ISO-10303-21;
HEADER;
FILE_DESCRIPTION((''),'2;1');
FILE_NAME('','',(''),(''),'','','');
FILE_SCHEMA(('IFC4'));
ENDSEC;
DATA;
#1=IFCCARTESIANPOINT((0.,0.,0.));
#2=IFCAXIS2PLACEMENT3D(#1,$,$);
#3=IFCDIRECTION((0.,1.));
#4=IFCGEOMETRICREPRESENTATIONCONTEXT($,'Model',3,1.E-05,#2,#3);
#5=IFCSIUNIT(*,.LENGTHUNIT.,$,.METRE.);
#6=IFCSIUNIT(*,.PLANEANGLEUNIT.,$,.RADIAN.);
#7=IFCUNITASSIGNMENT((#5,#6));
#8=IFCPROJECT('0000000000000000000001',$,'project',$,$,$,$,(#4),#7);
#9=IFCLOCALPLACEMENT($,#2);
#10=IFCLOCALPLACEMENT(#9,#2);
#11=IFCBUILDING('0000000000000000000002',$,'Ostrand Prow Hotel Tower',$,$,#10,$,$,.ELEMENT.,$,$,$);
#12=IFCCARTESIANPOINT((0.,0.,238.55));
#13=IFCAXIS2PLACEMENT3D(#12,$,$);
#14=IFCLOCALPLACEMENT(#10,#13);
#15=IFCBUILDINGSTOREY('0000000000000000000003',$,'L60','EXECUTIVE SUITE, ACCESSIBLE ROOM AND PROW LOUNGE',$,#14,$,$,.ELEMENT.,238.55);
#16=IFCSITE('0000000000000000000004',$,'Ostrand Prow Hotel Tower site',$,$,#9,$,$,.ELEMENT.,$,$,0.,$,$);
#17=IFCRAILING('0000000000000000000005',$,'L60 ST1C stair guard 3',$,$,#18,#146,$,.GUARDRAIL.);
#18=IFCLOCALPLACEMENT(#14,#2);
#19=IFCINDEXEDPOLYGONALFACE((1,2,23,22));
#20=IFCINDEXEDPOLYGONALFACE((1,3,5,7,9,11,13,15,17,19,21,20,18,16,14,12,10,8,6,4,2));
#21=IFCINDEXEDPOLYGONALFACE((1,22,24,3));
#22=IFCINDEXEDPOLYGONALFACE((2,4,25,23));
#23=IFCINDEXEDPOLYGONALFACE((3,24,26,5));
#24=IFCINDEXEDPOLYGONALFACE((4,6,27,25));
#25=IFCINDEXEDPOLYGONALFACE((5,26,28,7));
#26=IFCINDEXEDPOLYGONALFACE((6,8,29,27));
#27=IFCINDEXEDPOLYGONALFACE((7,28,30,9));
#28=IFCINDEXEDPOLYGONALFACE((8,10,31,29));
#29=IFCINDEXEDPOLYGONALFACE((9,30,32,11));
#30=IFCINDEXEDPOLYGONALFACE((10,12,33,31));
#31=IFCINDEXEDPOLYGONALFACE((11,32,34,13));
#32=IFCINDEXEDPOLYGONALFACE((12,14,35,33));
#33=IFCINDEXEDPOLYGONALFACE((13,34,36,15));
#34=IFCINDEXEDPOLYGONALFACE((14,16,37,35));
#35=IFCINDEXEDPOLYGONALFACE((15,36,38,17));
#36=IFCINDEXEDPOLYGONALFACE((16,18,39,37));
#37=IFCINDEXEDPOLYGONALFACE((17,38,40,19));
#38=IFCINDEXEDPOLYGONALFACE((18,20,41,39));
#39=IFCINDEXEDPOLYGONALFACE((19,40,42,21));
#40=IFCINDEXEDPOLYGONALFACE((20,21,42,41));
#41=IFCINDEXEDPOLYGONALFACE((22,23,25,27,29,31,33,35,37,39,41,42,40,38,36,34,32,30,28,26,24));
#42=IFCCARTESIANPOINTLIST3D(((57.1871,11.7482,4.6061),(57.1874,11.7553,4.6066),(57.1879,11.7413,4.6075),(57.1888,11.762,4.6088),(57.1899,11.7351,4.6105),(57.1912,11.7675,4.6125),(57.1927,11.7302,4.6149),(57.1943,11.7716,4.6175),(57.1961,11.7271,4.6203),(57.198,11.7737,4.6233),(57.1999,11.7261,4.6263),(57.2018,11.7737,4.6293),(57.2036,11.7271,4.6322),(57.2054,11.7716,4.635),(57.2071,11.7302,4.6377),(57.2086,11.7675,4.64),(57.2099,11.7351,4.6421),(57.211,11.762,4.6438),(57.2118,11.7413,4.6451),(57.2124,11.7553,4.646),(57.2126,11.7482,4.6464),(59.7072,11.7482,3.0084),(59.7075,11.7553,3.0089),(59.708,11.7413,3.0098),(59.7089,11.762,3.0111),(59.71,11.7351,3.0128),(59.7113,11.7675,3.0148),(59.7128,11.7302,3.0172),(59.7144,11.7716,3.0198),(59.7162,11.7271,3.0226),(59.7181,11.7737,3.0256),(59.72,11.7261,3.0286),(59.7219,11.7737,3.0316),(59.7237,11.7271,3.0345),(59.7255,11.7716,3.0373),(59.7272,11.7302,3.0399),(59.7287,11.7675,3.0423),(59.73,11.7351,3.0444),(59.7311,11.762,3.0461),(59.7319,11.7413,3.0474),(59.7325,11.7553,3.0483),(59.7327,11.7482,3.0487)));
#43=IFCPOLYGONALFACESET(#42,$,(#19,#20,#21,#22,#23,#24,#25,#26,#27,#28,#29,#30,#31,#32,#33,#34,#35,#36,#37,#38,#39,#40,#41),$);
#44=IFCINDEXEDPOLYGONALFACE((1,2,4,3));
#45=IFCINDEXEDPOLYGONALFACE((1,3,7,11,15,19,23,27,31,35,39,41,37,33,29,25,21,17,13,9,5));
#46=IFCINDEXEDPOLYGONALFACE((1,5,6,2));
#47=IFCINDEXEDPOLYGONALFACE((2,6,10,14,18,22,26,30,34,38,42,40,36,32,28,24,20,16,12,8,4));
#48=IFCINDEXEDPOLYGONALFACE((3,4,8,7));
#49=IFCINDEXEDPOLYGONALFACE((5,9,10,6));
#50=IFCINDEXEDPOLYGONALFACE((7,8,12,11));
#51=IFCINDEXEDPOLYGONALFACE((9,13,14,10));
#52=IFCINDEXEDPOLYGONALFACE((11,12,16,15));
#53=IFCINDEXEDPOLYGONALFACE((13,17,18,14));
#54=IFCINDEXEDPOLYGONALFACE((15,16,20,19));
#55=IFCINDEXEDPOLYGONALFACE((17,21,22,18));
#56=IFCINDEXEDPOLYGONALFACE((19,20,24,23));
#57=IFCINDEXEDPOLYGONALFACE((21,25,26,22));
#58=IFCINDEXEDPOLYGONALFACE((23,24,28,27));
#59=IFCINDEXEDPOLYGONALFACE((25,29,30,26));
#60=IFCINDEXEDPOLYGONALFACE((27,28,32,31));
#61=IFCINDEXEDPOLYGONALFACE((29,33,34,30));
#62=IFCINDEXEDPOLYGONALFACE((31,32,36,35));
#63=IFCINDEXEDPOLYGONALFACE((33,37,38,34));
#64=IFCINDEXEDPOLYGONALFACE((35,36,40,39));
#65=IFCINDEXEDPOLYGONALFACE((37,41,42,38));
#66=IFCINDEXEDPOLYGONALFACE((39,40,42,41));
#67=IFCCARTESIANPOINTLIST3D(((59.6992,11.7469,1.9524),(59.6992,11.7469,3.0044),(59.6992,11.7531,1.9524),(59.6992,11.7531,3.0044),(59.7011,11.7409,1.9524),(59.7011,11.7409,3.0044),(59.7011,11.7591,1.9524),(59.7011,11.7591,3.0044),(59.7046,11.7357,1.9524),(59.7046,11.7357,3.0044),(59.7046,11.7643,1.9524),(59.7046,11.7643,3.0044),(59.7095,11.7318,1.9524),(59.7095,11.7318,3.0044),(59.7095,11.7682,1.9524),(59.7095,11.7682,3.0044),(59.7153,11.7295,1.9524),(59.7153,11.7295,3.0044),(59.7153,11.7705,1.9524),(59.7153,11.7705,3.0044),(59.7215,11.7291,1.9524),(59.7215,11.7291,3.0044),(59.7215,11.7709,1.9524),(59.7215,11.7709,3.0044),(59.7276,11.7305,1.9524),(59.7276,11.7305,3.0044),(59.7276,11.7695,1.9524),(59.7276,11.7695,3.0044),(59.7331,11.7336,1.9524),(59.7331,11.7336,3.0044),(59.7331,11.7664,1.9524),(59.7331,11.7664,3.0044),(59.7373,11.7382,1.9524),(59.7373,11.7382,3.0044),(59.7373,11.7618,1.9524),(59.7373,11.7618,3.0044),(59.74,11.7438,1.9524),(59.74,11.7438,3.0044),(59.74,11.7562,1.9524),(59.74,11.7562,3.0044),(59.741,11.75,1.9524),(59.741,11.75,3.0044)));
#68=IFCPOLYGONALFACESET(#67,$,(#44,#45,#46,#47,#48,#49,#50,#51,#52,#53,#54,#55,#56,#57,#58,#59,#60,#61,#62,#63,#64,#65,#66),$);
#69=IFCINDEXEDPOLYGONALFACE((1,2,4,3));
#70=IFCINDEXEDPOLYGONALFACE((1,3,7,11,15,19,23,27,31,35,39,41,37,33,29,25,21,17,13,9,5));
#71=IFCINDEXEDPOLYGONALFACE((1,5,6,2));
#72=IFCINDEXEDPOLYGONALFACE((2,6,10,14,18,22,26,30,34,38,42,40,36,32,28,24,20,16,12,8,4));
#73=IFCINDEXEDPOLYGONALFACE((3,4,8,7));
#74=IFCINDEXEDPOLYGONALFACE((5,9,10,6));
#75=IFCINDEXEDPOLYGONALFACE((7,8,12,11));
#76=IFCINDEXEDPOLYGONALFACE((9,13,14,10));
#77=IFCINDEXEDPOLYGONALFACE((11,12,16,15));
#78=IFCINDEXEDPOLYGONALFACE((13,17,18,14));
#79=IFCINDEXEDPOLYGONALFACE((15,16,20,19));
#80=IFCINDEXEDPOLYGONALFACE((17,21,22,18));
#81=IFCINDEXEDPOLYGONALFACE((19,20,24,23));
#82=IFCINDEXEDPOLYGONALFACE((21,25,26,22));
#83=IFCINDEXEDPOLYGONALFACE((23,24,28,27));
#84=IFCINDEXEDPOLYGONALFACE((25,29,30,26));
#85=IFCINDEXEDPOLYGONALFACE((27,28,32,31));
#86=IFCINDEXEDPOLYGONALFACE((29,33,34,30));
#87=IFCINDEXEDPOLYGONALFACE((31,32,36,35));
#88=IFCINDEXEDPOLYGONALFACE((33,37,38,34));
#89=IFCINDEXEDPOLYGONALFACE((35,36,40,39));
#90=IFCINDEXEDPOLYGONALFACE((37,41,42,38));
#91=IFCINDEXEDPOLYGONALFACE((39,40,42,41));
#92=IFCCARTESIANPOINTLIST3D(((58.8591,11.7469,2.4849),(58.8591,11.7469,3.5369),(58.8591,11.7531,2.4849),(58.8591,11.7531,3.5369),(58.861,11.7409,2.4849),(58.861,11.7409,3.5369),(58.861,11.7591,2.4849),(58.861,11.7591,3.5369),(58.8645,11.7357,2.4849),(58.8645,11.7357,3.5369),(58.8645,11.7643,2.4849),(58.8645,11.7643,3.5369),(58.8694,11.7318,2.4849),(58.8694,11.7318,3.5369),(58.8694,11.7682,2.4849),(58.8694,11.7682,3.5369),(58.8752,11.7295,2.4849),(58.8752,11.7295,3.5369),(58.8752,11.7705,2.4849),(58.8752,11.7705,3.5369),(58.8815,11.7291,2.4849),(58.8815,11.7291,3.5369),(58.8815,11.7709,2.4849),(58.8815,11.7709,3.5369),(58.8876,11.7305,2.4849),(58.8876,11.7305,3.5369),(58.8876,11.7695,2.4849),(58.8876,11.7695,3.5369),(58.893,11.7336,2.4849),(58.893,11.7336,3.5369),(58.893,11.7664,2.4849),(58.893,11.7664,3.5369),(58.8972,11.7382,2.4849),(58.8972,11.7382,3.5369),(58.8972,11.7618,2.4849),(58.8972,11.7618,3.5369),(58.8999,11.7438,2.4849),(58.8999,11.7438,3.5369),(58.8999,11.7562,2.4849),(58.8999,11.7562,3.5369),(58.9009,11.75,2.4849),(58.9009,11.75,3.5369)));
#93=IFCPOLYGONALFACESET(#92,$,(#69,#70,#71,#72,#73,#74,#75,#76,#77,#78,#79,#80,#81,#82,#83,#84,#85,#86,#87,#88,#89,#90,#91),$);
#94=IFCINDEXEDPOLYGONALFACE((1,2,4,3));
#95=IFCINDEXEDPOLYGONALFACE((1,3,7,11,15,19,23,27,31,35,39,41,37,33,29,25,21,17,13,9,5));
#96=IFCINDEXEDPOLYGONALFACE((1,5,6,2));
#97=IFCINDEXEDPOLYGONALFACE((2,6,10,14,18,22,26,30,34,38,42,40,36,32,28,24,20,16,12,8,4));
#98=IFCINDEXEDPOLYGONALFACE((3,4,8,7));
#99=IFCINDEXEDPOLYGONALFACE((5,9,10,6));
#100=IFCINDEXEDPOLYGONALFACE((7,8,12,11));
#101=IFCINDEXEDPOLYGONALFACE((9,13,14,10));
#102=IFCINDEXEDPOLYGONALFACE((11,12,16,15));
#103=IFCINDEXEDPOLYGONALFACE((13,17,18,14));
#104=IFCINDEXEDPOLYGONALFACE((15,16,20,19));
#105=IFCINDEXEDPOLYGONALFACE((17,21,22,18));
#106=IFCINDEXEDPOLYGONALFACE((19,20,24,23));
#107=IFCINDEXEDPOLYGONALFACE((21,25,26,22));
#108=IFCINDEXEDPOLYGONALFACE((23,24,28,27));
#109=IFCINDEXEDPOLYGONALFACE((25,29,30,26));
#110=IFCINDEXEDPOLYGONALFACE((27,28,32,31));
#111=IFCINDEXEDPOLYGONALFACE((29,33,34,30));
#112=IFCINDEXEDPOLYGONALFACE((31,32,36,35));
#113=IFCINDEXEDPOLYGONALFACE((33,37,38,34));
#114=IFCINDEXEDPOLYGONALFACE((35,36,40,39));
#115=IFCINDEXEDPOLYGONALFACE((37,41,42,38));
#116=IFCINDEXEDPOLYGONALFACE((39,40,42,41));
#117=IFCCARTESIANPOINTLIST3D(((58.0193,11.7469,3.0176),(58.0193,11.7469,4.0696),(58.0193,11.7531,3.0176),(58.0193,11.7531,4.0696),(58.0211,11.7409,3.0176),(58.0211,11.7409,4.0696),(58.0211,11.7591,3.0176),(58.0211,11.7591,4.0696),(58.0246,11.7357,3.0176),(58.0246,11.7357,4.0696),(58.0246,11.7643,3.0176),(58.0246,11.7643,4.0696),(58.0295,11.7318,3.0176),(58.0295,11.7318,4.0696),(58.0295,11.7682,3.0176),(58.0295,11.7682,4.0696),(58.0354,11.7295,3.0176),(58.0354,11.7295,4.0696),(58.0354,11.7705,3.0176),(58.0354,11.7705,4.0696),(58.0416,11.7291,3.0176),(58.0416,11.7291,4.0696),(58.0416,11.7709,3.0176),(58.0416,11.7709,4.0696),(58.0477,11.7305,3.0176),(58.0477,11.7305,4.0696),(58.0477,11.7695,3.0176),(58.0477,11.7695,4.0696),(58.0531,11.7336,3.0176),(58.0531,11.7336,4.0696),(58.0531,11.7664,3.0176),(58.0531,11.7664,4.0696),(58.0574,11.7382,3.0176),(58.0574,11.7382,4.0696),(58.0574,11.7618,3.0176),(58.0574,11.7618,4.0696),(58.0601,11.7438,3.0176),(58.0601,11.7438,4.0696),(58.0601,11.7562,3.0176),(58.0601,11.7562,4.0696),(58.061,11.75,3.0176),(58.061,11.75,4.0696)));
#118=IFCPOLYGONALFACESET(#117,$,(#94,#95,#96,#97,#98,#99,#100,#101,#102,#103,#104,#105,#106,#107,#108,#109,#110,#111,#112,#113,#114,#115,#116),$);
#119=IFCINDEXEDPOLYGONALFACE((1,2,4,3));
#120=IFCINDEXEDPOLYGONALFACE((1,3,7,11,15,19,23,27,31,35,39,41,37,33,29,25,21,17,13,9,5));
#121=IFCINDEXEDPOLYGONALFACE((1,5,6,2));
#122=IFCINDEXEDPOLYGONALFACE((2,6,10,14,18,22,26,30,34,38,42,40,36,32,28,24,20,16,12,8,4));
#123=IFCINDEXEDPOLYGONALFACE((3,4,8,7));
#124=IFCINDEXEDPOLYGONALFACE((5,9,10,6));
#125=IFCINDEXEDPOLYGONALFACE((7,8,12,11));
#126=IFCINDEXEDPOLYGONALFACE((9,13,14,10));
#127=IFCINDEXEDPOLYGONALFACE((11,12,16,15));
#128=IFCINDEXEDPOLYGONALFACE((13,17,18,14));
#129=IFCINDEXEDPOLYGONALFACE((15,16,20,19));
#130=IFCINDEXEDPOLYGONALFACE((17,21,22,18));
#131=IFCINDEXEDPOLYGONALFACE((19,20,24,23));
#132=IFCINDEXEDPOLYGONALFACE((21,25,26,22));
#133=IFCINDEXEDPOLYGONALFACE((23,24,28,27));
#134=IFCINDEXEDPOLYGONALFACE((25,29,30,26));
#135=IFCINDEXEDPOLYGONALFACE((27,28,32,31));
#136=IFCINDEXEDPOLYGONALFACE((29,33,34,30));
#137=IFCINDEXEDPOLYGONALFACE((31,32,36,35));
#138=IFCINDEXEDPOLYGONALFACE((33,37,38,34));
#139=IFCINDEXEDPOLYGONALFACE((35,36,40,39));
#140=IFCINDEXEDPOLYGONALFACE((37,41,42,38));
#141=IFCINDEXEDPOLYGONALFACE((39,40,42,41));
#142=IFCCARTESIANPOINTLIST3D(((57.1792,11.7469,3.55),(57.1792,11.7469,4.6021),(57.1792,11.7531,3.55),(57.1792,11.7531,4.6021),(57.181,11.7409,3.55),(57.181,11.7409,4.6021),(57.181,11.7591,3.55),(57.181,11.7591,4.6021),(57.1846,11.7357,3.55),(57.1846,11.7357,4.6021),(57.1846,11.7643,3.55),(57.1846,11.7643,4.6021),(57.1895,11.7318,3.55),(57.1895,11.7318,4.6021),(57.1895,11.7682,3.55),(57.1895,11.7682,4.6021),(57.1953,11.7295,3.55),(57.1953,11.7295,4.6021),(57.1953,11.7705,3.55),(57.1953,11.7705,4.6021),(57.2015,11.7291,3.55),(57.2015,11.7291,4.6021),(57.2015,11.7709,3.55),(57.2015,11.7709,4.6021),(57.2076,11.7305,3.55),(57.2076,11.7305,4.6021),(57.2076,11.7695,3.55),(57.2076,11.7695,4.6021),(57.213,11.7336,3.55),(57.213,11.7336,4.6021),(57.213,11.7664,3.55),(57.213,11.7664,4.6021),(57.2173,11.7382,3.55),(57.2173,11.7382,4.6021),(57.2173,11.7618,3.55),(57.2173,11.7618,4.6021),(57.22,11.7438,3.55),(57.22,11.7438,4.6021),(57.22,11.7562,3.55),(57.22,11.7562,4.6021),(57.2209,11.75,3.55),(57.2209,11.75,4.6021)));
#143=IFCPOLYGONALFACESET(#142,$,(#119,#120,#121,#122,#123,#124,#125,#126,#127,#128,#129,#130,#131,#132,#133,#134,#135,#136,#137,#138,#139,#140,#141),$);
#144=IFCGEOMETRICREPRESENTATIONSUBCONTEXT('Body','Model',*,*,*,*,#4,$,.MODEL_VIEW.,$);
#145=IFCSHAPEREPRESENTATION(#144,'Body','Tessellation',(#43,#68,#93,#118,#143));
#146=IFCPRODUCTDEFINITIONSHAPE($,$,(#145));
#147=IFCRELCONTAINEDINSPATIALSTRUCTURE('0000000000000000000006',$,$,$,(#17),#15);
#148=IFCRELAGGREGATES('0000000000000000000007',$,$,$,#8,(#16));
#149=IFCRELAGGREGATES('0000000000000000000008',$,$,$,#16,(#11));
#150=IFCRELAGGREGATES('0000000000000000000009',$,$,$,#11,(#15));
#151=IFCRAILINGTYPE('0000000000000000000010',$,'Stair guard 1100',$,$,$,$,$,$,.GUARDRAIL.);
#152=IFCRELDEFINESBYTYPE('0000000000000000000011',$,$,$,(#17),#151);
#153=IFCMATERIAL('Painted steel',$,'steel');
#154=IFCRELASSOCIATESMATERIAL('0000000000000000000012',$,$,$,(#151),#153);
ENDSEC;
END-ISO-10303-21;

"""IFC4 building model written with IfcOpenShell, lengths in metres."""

from ifc_helpers import new_model, si_unit, direction, frame, origin, origin_2d, place, context, subcontext, project, spatial, circle, extrude, material, type_object, element, save


model = new_model("IFC4")

# Units and contexts
model_context = context("Model", 3, precision=1e-05, world=origin(), true_north=direction((0.0, 1.0)))
body_context = subcontext(model_context, "Body", "Model", "MODEL_VIEW")
ifc_project = project(units=[si_unit("LENGTHUNIT", "METRE"), si_unit("PLANEANGLEUNIT", "RADIAN")], contexts=[model_context])

# Site, building, storey
site_placement = place(None, origin())
site = spatial("IfcSite", under=ifc_project, at=site_placement, Name="Ostrand Prow Hotel Tower site", CompositionType="ELEMENT", RefElevation=0.0)
building_placement = place(site_placement, origin())
building = spatial("IfcBuilding", under=site, at=building_placement, Name="Ostrand Prow Hotel Tower", CompositionType="ELEMENT")
storey_placement = place(building_placement, frame((0.0, 0.0, 238.55)))
storey = spatial("IfcBuildingStorey", under=building, at=storey_placement, Name="L60", Description="EXECUTIVE SUITE, ACCESSIBLE ROOM AND PROW LOUNGE", CompositionType="ELEMENT", Elevation=238.55)

# Railing
ifc_material_1 = material(Name="Painted steel", Category="steel")
railing_type_1 = type_object("IfcRailingType", Name="Stair guard 1100", PredefinedType="GUARDRAIL", material=ifc_material_1)
railing_1_placement = place(storey_placement, frame((59.72, 11.75, 1.9524)))
element("IfcRailing", 1, at=railing_1_placement, inside=storey, type_object=railing_type_1, Name="L60 ST1C stair guard 3", PredefinedType="GUARDRAIL", context=body_context, shape_type="SweptSolid", body=[
    extrude(circle(Radius=0.0239, at=origin_2d()), frame((0.0, 0.0, 1.0762), z_axis=(-0.84457, 0.0, 0.535445), x_axis=(0.0, -1.0, 0.0)), (0.0, 0.0, 1.0), 2.9839),
    extrude(circle(Radius=0.021, at=origin_2d()), origin(), (0.0, 0.0, 1.0), 1.052),
    extrude(circle(Radius=0.021, at=origin_2d()), frame((-0.8401, 0.0, 0.5325)), (0.0, 0.0, 1.0), 1.052),
    extrude(circle(Radius=0.021, at=origin_2d()), frame((-1.6799, 0.0, 1.0652)), (0.0, 0.0, 1.0), 1.052),
    extrude(circle(Radius=0.021, at=origin_2d()), frame((-2.52, 0.0, 1.5977)), (0.0, 0.0, 1.0), 1.052),
])

save(model, "model.ifc")
